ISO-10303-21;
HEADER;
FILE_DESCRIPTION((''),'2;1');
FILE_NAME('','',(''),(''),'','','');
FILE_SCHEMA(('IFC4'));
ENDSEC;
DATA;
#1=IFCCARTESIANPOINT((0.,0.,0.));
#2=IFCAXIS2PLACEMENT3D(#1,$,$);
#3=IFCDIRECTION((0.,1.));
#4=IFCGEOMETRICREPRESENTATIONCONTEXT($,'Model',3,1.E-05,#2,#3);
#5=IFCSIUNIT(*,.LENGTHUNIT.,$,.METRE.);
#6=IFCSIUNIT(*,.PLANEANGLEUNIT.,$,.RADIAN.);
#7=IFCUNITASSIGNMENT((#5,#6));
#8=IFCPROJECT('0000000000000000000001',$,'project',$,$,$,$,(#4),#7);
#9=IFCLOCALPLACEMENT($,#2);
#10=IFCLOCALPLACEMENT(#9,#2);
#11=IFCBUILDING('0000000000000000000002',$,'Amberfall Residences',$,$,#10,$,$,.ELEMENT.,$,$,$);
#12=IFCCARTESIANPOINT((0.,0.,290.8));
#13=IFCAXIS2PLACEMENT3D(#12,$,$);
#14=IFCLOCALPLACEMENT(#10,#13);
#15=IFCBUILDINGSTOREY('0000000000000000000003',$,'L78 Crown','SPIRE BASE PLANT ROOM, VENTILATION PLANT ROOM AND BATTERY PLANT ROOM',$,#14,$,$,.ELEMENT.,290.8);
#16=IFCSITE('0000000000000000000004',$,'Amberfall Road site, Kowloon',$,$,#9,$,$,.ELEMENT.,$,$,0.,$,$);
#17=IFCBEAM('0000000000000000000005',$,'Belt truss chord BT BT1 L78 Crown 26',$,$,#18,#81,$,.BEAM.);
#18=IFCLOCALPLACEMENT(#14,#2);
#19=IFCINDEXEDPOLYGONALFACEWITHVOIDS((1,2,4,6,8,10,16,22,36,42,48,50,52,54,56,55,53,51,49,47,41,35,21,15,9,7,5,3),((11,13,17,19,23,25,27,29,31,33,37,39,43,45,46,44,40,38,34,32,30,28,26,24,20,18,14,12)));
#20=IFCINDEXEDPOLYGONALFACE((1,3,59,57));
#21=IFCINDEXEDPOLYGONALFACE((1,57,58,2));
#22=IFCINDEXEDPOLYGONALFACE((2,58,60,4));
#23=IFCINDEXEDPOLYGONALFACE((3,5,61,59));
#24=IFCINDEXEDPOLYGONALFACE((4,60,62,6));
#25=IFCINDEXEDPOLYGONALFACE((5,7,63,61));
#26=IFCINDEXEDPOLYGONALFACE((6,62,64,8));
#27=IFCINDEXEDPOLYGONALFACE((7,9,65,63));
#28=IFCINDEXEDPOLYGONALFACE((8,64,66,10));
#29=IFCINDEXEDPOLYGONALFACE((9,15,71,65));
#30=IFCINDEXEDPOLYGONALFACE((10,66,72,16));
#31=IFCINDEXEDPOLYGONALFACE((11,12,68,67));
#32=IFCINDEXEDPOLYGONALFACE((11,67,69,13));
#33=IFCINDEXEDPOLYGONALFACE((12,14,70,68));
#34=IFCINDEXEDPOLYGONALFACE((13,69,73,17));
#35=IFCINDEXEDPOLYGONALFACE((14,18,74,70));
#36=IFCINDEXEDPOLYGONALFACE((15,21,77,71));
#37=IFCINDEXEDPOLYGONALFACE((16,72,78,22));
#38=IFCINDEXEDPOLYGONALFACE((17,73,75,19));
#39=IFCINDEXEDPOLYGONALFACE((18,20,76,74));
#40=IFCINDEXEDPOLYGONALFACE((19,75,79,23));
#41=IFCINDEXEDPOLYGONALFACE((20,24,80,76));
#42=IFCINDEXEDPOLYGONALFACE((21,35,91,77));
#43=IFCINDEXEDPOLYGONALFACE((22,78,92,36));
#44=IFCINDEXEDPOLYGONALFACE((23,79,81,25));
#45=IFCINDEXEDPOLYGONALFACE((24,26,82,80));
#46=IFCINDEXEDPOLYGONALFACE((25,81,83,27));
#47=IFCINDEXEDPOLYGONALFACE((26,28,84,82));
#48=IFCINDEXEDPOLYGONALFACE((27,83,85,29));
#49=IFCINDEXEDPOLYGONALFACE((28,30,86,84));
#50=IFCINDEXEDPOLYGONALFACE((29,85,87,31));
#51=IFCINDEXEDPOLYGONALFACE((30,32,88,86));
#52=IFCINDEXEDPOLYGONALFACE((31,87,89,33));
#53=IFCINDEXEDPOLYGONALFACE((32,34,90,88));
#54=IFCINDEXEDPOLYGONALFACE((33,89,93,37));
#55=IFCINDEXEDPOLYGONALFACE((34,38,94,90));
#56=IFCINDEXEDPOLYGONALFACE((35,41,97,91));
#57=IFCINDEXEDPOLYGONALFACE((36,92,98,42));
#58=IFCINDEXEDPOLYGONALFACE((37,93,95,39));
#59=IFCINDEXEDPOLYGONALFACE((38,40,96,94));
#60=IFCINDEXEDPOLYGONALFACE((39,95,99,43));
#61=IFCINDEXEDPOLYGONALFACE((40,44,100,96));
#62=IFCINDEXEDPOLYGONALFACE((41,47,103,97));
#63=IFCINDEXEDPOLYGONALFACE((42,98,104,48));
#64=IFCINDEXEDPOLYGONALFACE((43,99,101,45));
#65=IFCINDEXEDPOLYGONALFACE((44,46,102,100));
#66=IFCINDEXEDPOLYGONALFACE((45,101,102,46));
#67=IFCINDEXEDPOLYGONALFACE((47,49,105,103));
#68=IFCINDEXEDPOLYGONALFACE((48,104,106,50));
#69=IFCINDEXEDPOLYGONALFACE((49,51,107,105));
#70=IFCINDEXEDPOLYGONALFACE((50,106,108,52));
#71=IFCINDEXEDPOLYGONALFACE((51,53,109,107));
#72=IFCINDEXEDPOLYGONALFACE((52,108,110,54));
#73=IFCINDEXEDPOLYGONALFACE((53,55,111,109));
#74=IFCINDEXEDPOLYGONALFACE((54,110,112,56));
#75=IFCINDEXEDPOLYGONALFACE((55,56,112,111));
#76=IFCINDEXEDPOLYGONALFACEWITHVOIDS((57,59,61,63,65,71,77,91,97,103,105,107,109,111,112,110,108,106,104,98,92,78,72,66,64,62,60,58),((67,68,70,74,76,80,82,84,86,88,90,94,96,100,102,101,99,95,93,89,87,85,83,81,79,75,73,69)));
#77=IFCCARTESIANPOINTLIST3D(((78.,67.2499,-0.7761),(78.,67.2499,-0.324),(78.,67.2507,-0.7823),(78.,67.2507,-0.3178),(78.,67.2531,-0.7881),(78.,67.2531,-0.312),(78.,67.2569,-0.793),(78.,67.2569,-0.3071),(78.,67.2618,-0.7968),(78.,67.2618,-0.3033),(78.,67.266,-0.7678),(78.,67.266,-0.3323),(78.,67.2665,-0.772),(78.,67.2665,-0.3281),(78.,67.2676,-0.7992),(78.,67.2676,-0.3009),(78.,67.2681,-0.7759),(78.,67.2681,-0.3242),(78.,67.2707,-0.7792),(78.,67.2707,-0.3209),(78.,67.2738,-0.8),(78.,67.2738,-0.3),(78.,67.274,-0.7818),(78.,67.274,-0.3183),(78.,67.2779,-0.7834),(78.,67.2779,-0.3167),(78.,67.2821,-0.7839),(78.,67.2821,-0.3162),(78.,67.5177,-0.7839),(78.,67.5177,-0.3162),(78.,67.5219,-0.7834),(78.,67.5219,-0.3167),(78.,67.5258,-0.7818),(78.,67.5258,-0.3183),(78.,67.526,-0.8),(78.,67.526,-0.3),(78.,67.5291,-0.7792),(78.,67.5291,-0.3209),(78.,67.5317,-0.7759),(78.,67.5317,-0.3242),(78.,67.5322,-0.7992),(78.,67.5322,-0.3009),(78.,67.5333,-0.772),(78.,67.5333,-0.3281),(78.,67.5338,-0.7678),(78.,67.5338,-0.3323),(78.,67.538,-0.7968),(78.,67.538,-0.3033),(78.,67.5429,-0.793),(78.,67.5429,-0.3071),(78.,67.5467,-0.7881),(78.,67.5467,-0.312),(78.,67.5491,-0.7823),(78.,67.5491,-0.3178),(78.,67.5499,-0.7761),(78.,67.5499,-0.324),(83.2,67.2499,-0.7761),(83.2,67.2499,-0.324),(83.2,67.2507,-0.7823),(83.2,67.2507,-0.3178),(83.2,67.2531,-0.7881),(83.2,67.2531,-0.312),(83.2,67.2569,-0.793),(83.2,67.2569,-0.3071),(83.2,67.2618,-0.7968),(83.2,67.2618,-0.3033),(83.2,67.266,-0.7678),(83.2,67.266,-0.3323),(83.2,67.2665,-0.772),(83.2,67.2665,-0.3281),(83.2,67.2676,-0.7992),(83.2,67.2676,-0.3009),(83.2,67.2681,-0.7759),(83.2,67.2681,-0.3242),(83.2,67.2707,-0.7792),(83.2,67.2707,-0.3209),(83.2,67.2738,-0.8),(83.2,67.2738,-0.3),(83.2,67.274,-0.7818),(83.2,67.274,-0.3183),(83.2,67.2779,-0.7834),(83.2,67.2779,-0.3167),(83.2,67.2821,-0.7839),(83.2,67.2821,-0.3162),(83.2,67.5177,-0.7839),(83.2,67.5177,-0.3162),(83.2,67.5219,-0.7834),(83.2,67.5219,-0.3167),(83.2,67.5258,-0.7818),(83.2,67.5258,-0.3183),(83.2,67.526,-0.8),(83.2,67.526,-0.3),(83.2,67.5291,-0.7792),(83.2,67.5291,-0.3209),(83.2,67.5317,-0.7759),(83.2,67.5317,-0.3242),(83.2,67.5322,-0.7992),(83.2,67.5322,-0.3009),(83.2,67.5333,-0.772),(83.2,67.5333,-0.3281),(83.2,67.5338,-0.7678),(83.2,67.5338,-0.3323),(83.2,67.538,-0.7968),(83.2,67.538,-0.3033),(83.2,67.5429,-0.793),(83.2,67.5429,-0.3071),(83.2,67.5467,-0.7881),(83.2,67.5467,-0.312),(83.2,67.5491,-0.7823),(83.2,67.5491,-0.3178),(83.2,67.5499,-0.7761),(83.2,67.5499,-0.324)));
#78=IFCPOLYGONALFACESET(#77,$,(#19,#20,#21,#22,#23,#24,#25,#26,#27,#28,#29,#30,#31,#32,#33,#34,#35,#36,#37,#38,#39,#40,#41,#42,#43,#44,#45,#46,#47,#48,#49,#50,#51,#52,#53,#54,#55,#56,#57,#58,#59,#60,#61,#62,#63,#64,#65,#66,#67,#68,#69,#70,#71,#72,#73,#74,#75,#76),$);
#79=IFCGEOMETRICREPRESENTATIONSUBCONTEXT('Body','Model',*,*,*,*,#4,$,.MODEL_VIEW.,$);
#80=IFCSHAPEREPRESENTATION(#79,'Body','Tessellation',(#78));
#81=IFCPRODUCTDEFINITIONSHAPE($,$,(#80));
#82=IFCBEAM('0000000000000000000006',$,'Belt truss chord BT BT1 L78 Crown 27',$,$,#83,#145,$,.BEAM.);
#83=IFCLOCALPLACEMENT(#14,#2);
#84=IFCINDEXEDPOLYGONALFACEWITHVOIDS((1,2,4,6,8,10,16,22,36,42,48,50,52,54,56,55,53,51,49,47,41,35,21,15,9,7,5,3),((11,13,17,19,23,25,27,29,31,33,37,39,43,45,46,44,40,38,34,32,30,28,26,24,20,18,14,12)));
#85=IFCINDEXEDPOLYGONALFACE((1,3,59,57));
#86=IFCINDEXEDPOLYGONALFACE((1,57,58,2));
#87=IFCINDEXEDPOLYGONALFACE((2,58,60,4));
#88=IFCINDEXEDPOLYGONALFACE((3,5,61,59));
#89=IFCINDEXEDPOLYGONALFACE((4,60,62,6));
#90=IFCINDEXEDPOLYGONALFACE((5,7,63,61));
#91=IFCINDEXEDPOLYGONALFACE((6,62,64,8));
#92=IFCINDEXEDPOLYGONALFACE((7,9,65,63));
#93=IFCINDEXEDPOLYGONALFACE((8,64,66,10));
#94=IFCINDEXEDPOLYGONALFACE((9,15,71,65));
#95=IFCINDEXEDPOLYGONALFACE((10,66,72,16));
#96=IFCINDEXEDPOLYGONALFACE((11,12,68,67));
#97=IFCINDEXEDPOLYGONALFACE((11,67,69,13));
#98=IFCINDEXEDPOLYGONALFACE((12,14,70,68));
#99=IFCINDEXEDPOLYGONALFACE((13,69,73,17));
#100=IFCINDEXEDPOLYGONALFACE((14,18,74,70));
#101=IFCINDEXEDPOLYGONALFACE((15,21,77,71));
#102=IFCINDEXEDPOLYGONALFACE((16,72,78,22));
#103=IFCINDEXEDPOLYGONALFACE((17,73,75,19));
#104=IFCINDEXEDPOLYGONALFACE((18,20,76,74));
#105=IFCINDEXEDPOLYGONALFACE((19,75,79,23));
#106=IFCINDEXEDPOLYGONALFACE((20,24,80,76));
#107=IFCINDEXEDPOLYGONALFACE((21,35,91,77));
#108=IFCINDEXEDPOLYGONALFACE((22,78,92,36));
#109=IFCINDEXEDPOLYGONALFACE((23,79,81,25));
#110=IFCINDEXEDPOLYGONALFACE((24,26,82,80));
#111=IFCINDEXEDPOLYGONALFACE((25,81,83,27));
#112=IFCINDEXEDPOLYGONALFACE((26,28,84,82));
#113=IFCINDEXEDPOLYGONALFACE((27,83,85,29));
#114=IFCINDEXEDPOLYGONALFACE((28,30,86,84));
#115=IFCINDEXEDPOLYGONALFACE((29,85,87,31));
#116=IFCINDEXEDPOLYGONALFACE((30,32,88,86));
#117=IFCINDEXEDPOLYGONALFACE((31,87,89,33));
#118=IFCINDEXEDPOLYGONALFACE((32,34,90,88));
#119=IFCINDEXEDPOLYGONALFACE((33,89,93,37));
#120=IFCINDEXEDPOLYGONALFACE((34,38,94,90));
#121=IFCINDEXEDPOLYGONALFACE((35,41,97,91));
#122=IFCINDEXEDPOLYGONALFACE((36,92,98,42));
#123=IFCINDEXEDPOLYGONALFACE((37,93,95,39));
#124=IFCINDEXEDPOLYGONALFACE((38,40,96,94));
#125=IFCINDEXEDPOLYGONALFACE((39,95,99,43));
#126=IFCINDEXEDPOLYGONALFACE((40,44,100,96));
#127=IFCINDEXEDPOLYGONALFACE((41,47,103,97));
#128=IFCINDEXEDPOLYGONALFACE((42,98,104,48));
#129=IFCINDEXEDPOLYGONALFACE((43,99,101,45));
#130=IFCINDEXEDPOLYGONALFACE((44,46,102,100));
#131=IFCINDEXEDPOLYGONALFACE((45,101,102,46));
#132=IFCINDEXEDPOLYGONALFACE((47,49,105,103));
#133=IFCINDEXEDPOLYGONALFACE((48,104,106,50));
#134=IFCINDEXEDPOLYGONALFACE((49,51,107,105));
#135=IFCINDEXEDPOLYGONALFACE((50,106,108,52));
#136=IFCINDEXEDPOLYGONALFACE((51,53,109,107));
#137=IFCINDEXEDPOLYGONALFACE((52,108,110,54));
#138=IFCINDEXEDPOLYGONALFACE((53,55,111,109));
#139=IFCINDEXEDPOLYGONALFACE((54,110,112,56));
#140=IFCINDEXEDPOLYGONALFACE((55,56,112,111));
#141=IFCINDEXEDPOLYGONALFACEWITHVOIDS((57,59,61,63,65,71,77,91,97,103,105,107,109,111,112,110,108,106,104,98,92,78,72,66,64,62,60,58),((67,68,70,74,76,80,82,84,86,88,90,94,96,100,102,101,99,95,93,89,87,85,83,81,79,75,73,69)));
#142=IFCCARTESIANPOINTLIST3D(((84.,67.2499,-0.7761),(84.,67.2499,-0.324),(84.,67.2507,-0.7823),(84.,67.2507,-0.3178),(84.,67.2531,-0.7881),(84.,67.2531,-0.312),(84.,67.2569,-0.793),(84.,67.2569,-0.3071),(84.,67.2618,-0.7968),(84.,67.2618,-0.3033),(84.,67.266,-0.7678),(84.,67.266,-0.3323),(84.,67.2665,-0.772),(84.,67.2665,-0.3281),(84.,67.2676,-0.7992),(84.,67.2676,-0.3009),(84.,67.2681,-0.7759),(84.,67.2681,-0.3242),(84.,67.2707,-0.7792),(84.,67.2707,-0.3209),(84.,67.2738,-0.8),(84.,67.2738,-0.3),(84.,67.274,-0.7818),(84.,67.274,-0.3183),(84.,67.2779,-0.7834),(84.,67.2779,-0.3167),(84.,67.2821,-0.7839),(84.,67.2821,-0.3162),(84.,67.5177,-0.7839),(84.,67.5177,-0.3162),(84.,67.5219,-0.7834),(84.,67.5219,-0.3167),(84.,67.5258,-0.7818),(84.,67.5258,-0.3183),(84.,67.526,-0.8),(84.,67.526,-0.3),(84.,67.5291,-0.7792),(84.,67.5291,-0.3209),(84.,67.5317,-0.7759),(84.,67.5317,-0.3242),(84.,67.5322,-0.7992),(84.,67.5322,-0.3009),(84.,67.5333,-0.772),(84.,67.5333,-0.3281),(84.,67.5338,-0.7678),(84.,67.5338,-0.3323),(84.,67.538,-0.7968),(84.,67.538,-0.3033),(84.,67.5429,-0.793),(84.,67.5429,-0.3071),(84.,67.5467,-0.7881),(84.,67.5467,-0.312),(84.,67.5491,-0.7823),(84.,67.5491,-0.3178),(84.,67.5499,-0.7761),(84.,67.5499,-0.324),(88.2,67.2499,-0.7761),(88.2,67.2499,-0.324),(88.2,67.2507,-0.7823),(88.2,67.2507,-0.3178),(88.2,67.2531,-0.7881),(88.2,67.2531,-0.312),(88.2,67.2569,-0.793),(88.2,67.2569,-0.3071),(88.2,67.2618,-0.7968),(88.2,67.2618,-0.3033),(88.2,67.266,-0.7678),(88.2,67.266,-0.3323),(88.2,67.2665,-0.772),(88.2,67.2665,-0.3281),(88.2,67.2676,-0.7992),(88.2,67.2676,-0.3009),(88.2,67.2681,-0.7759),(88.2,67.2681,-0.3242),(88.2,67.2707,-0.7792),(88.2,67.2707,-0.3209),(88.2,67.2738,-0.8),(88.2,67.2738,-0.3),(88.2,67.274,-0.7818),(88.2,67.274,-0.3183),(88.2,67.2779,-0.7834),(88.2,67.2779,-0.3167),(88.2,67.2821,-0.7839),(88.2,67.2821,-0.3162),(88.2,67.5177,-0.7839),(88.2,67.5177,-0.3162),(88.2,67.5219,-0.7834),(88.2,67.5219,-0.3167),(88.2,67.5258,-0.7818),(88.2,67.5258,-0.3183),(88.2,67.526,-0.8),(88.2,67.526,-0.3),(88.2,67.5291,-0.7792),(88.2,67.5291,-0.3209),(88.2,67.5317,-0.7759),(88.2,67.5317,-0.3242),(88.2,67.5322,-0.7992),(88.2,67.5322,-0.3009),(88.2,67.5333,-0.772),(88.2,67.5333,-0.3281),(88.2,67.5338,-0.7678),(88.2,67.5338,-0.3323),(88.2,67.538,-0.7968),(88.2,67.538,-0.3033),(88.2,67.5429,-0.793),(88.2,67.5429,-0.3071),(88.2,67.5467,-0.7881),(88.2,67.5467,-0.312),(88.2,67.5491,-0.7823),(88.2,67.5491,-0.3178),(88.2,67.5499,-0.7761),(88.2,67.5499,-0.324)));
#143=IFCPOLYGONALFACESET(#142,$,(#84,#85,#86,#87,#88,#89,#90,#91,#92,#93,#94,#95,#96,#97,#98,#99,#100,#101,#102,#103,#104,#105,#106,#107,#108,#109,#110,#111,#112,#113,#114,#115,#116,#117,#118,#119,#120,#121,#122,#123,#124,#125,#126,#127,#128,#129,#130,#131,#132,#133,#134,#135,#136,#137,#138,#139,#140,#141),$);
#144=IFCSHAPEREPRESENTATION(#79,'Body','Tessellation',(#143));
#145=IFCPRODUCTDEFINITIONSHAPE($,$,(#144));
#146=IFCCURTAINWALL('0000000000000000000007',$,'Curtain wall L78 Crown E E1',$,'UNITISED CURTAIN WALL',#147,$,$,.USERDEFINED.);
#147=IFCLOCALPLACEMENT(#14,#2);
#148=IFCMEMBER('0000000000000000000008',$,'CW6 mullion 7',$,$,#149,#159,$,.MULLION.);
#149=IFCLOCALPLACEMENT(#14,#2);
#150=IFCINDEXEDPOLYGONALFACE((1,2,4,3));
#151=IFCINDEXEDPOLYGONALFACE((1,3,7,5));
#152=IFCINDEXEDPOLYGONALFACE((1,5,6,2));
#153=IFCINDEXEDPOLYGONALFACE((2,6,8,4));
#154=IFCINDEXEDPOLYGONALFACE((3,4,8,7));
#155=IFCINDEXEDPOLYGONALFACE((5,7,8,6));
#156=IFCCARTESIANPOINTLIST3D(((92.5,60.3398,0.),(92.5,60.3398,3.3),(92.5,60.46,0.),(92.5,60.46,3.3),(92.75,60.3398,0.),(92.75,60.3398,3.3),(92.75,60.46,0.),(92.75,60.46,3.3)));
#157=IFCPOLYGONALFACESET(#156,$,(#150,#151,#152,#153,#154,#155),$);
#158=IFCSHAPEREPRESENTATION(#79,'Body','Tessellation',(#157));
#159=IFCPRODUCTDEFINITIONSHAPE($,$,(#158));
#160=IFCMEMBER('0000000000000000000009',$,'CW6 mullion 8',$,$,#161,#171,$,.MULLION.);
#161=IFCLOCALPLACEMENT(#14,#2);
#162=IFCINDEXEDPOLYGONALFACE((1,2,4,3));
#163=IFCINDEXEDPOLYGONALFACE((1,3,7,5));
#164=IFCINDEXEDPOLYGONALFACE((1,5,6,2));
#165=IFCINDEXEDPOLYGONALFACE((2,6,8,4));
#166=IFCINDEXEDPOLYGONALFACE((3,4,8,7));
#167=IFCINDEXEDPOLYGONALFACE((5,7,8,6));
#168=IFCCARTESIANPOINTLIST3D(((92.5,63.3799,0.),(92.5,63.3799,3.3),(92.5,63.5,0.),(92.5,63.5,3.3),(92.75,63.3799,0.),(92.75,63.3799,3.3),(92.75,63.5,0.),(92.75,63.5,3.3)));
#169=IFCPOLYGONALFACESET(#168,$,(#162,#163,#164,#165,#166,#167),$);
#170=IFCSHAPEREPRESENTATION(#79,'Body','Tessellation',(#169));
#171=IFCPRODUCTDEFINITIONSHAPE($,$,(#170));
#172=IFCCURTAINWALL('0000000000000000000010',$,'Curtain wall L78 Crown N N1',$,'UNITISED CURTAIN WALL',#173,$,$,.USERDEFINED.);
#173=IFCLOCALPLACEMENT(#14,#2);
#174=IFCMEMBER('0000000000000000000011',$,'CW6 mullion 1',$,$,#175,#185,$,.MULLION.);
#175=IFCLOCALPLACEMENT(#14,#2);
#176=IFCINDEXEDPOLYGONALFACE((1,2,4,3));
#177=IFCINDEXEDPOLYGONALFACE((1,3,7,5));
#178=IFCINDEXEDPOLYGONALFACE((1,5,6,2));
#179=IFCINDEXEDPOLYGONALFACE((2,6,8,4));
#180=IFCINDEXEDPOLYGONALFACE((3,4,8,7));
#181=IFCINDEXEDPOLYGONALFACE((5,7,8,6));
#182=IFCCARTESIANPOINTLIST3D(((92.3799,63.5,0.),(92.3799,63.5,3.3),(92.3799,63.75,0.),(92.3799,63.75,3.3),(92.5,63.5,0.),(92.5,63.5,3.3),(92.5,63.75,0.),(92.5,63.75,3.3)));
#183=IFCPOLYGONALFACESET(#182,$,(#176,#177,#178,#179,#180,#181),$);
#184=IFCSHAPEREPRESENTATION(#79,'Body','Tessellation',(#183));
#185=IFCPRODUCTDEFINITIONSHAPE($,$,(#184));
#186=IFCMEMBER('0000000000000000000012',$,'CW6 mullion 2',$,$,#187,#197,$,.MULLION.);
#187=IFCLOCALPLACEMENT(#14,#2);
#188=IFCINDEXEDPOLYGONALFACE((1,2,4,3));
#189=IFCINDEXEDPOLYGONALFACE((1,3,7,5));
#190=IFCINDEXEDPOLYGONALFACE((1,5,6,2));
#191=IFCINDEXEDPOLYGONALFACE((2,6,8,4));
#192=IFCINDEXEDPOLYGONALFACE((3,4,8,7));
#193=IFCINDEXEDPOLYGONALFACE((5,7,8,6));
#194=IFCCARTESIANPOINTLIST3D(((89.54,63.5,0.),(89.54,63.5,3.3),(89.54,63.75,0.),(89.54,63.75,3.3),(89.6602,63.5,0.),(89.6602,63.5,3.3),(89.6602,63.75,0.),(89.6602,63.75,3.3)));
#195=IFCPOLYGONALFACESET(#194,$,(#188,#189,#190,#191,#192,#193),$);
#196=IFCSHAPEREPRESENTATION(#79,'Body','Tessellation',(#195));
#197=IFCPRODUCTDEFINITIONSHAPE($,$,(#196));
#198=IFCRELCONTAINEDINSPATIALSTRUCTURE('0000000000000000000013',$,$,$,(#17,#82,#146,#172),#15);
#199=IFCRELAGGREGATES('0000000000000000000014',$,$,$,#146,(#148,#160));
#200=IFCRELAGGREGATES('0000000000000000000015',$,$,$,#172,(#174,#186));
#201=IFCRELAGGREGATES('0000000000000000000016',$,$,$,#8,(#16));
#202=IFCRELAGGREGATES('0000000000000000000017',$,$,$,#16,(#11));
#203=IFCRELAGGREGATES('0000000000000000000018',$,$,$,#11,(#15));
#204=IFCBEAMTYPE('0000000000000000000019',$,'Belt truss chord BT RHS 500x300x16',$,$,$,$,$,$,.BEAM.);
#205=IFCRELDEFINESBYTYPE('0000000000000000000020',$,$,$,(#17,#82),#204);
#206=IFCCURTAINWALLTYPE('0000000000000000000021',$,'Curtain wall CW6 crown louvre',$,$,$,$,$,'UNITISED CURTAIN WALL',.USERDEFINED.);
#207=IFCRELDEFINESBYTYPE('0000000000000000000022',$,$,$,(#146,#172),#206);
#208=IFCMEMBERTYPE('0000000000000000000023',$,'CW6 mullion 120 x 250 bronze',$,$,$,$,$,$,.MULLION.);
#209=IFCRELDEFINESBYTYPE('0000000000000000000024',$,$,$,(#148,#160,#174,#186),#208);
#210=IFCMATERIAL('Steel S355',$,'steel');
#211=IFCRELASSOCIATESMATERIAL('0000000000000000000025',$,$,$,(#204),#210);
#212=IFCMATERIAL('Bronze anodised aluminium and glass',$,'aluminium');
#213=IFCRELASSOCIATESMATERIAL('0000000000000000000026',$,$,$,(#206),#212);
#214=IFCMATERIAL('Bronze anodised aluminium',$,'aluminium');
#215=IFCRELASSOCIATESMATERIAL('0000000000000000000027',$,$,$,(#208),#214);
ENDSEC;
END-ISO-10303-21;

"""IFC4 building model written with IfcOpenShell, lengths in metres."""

from ifc_helpers import new_model, si_unit, direction, frame, origin, origin_2d, place, context, subcontext, project, spatial, rectangle, hollow_rectangle, extrude, material, material_profile, profile_set, type_object, element, aggregate, save


model = new_model("IFC4")

# Units and contexts
model_context = context("Model", 3, precision=1e-05, world=origin(), true_north=direction((0.0, 1.0)))
body_context = subcontext(model_context, "Body", "Model", "MODEL_VIEW")
ifc_project = project(units=[si_unit("LENGTHUNIT", "METRE"), si_unit("PLANEANGLEUNIT", "RADIAN")], contexts=[model_context])

# Site, building, storey
site_placement = place(None, origin())
site = spatial("IfcSite", under=ifc_project, at=site_placement, Name="Amberfall Road site, Kowloon", CompositionType="ELEMENT", RefElevation=0.0)
building_placement = place(site_placement, origin())
building = spatial("IfcBuilding", under=site, at=building_placement, Name="Amberfall Residences", CompositionType="ELEMENT")
storey_placement = place(building_placement, frame((0.0, 0.0, 290.8)))
storey = spatial("IfcBuildingStorey", under=building, at=storey_placement, Name="L78 Crown", Description="SPIRE BASE PLANT ROOM, VENTILATION PLANT ROOM AND BATTERY PLANT ROOM", CompositionType="ELEMENT", Elevation=290.8)

# Beams
ifc_material_1 = material(Name="Steel S355", Category="steel")
ifc_material_profile_1 = material_profile(ifc_material_1, hollow_rectangle(XDim=0.3, YDim=0.5, WallThickness=0.0161, InnerFilletRadius=0.0161, OuterFilletRadius=0.0239, at=origin_2d()), Name="RHS 500x300x16")
ifc_profile_set_1 = profile_set([ifc_material_profile_1], Name="Steel S355")
beam_type_1 = type_object("IfcBeamType", Name="Belt truss chord BT RHS 500x300x16", PredefinedType="BEAM", material=ifc_profile_set_1)
for number, where, z_axis, x_axis, name in (
    (1, (78.0, 67.3999, -0.55), (1.0, 0.0, 0.0), (0.0, 1.0, 0.0), "Belt truss chord BT BT1 L78 Crown 26"),
):
    element("IfcBeam", number, at=place(storey_placement, frame(where, z_axis=z_axis, x_axis=x_axis)), inside=storey, type_object=beam_type_1, Name=name, PredefinedType="BEAM", context=body_context, shape_type="SweptSolid", body=[
        extrude(hollow_rectangle(XDim=0.3, YDim=0.5, WallThickness=0.0161, InnerFilletRadius=0.0161, OuterFilletRadius=0.0239, at=origin_2d()), origin(), (0.0, 0.0, 1.0), 5.2),
    ])
beam_1_placement = place(storey_placement, frame((84.0, 67.3999, -0.55), z_axis=(1.0, 0.0, 0.0), x_axis=(0.0, 1.0, 0.0)))
element("IfcBeam", 2, at=beam_1_placement, inside=storey, type_object=beam_type_1, Name="Belt truss chord BT BT1 L78 Crown 27", PredefinedType="BEAM", context=body_context, shape_type="SweptSolid", body=[
    extrude(hollow_rectangle(XDim=0.3, YDim=0.5, WallThickness=0.0161, InnerFilletRadius=0.0161, OuterFilletRadius=0.0239, at=origin_2d()), origin(), (0.0, 0.0, 1.0), 4.2),
])

# Curtain walls, members
ifc_material_2 = material(Name="Bronze anodised aluminium and glass", Category="aluminium")
curtain_wall_type = type_object("IfcCurtainWallType", Name="Curtain wall CW6 crown louvre", ElementType="UNITISED CURTAIN WALL", PredefinedType="USERDEFINED", material=ifc_material_2)
curtain_wall_1_placement = place(storey_placement, origin())
curtain_wall_1 = element("IfcCurtainWall", 3, at=curtain_wall_1_placement, inside=storey, type_object=curtain_wall_type, Name="Curtain wall L78 Crown E E1", ObjectType="UNITISED CURTAIN WALL", PredefinedType="USERDEFINED")
ifc_material_3 = material(Name="Bronze anodised aluminium", Category="aluminium")
ifc_material_profile_2 = material_profile(ifc_material_3, rectangle(XDim=0.25, YDim=0.1201, at=origin_2d()), Name="CW6 mullion 120 x 250 bronze")
ifc_profile_set_2 = profile_set([ifc_material_profile_2], Name="Bronze anodised aluminium")
member_type_1 = type_object("IfcMemberType", Name="CW6 mullion 120 x 250 bronze", PredefinedType="MULLION", material=ifc_profile_set_2)
member_1_placement = place(storey_placement, frame((92.625, 60.3999, 0.0), z_axis=(0.0, 0.0, 1.0), x_axis=(-1.0, 0.0, 0.0)))
member_1 = element("IfcMember", 4, at=member_1_placement, type_object=member_type_1, Name="CW6 mullion 7", PredefinedType="MULLION", context=body_context, shape_type="SweptSolid", body=[
    extrude(rectangle(XDim=0.25, YDim=0.1201, at=origin_2d()), origin(), (0.0, 0.0, 1.0), 3.3),
])
member_2_placement = place(storey_placement, frame((92.625, 63.4399, 0.0), z_axis=(0.0, 0.0, 1.0), x_axis=(-1.0, 0.0, 0.0)))
member_2 = element("IfcMember", 5, at=member_2_placement, type_object=member_type_1, Name="CW6 mullion 8", PredefinedType="MULLION", context=body_context, shape_type="SweptSolid", body=[
    extrude(rectangle(XDim=0.25, YDim=0.1201, at=origin_2d()), origin(), (0.0, 0.0, 1.0), 3.3),
])
curtain_wall_2_placement = place(storey_placement, origin())
curtain_wall_2 = element("IfcCurtainWall", 6, at=curtain_wall_2_placement, inside=storey, type_object=curtain_wall_type, Name="Curtain wall L78 Crown N N1", ObjectType="UNITISED CURTAIN WALL", PredefinedType="USERDEFINED")
member_3_placement = place(storey_placement, frame((92.4399, 63.625, 0.0), z_axis=(0.0, 0.0, 1.0), x_axis=(0.0, -1.0, 0.0)))
member_3 = element("IfcMember", 7, at=member_3_placement, type_object=member_type_1, Name="CW6 mullion 1", PredefinedType="MULLION", context=body_context, shape_type="SweptSolid", body=[
    extrude(rectangle(XDim=0.25, YDim=0.1201, at=origin_2d()), origin(), (0.0, 0.0, 1.0), 3.3),
])
member_4_placement = place(storey_placement, frame((89.6001, 63.625, 0.0), z_axis=(0.0, 0.0, 1.0), x_axis=(0.0, -1.0, 0.0)))
member_4 = element("IfcMember", 8, at=member_4_placement, type_object=member_type_1, Name="CW6 mullion 2", PredefinedType="MULLION", context=body_context, shape_type="SweptSolid", body=[
    extrude(rectangle(XDim=0.25, YDim=0.1201, at=origin_2d()), origin(), (0.0, 0.0, 1.0), 3.3),
])

aggregate(curtain_wall_1, [member_1, member_2])
aggregate(curtain_wall_2, [member_3, member_4])

save(model, "model.ifc")
